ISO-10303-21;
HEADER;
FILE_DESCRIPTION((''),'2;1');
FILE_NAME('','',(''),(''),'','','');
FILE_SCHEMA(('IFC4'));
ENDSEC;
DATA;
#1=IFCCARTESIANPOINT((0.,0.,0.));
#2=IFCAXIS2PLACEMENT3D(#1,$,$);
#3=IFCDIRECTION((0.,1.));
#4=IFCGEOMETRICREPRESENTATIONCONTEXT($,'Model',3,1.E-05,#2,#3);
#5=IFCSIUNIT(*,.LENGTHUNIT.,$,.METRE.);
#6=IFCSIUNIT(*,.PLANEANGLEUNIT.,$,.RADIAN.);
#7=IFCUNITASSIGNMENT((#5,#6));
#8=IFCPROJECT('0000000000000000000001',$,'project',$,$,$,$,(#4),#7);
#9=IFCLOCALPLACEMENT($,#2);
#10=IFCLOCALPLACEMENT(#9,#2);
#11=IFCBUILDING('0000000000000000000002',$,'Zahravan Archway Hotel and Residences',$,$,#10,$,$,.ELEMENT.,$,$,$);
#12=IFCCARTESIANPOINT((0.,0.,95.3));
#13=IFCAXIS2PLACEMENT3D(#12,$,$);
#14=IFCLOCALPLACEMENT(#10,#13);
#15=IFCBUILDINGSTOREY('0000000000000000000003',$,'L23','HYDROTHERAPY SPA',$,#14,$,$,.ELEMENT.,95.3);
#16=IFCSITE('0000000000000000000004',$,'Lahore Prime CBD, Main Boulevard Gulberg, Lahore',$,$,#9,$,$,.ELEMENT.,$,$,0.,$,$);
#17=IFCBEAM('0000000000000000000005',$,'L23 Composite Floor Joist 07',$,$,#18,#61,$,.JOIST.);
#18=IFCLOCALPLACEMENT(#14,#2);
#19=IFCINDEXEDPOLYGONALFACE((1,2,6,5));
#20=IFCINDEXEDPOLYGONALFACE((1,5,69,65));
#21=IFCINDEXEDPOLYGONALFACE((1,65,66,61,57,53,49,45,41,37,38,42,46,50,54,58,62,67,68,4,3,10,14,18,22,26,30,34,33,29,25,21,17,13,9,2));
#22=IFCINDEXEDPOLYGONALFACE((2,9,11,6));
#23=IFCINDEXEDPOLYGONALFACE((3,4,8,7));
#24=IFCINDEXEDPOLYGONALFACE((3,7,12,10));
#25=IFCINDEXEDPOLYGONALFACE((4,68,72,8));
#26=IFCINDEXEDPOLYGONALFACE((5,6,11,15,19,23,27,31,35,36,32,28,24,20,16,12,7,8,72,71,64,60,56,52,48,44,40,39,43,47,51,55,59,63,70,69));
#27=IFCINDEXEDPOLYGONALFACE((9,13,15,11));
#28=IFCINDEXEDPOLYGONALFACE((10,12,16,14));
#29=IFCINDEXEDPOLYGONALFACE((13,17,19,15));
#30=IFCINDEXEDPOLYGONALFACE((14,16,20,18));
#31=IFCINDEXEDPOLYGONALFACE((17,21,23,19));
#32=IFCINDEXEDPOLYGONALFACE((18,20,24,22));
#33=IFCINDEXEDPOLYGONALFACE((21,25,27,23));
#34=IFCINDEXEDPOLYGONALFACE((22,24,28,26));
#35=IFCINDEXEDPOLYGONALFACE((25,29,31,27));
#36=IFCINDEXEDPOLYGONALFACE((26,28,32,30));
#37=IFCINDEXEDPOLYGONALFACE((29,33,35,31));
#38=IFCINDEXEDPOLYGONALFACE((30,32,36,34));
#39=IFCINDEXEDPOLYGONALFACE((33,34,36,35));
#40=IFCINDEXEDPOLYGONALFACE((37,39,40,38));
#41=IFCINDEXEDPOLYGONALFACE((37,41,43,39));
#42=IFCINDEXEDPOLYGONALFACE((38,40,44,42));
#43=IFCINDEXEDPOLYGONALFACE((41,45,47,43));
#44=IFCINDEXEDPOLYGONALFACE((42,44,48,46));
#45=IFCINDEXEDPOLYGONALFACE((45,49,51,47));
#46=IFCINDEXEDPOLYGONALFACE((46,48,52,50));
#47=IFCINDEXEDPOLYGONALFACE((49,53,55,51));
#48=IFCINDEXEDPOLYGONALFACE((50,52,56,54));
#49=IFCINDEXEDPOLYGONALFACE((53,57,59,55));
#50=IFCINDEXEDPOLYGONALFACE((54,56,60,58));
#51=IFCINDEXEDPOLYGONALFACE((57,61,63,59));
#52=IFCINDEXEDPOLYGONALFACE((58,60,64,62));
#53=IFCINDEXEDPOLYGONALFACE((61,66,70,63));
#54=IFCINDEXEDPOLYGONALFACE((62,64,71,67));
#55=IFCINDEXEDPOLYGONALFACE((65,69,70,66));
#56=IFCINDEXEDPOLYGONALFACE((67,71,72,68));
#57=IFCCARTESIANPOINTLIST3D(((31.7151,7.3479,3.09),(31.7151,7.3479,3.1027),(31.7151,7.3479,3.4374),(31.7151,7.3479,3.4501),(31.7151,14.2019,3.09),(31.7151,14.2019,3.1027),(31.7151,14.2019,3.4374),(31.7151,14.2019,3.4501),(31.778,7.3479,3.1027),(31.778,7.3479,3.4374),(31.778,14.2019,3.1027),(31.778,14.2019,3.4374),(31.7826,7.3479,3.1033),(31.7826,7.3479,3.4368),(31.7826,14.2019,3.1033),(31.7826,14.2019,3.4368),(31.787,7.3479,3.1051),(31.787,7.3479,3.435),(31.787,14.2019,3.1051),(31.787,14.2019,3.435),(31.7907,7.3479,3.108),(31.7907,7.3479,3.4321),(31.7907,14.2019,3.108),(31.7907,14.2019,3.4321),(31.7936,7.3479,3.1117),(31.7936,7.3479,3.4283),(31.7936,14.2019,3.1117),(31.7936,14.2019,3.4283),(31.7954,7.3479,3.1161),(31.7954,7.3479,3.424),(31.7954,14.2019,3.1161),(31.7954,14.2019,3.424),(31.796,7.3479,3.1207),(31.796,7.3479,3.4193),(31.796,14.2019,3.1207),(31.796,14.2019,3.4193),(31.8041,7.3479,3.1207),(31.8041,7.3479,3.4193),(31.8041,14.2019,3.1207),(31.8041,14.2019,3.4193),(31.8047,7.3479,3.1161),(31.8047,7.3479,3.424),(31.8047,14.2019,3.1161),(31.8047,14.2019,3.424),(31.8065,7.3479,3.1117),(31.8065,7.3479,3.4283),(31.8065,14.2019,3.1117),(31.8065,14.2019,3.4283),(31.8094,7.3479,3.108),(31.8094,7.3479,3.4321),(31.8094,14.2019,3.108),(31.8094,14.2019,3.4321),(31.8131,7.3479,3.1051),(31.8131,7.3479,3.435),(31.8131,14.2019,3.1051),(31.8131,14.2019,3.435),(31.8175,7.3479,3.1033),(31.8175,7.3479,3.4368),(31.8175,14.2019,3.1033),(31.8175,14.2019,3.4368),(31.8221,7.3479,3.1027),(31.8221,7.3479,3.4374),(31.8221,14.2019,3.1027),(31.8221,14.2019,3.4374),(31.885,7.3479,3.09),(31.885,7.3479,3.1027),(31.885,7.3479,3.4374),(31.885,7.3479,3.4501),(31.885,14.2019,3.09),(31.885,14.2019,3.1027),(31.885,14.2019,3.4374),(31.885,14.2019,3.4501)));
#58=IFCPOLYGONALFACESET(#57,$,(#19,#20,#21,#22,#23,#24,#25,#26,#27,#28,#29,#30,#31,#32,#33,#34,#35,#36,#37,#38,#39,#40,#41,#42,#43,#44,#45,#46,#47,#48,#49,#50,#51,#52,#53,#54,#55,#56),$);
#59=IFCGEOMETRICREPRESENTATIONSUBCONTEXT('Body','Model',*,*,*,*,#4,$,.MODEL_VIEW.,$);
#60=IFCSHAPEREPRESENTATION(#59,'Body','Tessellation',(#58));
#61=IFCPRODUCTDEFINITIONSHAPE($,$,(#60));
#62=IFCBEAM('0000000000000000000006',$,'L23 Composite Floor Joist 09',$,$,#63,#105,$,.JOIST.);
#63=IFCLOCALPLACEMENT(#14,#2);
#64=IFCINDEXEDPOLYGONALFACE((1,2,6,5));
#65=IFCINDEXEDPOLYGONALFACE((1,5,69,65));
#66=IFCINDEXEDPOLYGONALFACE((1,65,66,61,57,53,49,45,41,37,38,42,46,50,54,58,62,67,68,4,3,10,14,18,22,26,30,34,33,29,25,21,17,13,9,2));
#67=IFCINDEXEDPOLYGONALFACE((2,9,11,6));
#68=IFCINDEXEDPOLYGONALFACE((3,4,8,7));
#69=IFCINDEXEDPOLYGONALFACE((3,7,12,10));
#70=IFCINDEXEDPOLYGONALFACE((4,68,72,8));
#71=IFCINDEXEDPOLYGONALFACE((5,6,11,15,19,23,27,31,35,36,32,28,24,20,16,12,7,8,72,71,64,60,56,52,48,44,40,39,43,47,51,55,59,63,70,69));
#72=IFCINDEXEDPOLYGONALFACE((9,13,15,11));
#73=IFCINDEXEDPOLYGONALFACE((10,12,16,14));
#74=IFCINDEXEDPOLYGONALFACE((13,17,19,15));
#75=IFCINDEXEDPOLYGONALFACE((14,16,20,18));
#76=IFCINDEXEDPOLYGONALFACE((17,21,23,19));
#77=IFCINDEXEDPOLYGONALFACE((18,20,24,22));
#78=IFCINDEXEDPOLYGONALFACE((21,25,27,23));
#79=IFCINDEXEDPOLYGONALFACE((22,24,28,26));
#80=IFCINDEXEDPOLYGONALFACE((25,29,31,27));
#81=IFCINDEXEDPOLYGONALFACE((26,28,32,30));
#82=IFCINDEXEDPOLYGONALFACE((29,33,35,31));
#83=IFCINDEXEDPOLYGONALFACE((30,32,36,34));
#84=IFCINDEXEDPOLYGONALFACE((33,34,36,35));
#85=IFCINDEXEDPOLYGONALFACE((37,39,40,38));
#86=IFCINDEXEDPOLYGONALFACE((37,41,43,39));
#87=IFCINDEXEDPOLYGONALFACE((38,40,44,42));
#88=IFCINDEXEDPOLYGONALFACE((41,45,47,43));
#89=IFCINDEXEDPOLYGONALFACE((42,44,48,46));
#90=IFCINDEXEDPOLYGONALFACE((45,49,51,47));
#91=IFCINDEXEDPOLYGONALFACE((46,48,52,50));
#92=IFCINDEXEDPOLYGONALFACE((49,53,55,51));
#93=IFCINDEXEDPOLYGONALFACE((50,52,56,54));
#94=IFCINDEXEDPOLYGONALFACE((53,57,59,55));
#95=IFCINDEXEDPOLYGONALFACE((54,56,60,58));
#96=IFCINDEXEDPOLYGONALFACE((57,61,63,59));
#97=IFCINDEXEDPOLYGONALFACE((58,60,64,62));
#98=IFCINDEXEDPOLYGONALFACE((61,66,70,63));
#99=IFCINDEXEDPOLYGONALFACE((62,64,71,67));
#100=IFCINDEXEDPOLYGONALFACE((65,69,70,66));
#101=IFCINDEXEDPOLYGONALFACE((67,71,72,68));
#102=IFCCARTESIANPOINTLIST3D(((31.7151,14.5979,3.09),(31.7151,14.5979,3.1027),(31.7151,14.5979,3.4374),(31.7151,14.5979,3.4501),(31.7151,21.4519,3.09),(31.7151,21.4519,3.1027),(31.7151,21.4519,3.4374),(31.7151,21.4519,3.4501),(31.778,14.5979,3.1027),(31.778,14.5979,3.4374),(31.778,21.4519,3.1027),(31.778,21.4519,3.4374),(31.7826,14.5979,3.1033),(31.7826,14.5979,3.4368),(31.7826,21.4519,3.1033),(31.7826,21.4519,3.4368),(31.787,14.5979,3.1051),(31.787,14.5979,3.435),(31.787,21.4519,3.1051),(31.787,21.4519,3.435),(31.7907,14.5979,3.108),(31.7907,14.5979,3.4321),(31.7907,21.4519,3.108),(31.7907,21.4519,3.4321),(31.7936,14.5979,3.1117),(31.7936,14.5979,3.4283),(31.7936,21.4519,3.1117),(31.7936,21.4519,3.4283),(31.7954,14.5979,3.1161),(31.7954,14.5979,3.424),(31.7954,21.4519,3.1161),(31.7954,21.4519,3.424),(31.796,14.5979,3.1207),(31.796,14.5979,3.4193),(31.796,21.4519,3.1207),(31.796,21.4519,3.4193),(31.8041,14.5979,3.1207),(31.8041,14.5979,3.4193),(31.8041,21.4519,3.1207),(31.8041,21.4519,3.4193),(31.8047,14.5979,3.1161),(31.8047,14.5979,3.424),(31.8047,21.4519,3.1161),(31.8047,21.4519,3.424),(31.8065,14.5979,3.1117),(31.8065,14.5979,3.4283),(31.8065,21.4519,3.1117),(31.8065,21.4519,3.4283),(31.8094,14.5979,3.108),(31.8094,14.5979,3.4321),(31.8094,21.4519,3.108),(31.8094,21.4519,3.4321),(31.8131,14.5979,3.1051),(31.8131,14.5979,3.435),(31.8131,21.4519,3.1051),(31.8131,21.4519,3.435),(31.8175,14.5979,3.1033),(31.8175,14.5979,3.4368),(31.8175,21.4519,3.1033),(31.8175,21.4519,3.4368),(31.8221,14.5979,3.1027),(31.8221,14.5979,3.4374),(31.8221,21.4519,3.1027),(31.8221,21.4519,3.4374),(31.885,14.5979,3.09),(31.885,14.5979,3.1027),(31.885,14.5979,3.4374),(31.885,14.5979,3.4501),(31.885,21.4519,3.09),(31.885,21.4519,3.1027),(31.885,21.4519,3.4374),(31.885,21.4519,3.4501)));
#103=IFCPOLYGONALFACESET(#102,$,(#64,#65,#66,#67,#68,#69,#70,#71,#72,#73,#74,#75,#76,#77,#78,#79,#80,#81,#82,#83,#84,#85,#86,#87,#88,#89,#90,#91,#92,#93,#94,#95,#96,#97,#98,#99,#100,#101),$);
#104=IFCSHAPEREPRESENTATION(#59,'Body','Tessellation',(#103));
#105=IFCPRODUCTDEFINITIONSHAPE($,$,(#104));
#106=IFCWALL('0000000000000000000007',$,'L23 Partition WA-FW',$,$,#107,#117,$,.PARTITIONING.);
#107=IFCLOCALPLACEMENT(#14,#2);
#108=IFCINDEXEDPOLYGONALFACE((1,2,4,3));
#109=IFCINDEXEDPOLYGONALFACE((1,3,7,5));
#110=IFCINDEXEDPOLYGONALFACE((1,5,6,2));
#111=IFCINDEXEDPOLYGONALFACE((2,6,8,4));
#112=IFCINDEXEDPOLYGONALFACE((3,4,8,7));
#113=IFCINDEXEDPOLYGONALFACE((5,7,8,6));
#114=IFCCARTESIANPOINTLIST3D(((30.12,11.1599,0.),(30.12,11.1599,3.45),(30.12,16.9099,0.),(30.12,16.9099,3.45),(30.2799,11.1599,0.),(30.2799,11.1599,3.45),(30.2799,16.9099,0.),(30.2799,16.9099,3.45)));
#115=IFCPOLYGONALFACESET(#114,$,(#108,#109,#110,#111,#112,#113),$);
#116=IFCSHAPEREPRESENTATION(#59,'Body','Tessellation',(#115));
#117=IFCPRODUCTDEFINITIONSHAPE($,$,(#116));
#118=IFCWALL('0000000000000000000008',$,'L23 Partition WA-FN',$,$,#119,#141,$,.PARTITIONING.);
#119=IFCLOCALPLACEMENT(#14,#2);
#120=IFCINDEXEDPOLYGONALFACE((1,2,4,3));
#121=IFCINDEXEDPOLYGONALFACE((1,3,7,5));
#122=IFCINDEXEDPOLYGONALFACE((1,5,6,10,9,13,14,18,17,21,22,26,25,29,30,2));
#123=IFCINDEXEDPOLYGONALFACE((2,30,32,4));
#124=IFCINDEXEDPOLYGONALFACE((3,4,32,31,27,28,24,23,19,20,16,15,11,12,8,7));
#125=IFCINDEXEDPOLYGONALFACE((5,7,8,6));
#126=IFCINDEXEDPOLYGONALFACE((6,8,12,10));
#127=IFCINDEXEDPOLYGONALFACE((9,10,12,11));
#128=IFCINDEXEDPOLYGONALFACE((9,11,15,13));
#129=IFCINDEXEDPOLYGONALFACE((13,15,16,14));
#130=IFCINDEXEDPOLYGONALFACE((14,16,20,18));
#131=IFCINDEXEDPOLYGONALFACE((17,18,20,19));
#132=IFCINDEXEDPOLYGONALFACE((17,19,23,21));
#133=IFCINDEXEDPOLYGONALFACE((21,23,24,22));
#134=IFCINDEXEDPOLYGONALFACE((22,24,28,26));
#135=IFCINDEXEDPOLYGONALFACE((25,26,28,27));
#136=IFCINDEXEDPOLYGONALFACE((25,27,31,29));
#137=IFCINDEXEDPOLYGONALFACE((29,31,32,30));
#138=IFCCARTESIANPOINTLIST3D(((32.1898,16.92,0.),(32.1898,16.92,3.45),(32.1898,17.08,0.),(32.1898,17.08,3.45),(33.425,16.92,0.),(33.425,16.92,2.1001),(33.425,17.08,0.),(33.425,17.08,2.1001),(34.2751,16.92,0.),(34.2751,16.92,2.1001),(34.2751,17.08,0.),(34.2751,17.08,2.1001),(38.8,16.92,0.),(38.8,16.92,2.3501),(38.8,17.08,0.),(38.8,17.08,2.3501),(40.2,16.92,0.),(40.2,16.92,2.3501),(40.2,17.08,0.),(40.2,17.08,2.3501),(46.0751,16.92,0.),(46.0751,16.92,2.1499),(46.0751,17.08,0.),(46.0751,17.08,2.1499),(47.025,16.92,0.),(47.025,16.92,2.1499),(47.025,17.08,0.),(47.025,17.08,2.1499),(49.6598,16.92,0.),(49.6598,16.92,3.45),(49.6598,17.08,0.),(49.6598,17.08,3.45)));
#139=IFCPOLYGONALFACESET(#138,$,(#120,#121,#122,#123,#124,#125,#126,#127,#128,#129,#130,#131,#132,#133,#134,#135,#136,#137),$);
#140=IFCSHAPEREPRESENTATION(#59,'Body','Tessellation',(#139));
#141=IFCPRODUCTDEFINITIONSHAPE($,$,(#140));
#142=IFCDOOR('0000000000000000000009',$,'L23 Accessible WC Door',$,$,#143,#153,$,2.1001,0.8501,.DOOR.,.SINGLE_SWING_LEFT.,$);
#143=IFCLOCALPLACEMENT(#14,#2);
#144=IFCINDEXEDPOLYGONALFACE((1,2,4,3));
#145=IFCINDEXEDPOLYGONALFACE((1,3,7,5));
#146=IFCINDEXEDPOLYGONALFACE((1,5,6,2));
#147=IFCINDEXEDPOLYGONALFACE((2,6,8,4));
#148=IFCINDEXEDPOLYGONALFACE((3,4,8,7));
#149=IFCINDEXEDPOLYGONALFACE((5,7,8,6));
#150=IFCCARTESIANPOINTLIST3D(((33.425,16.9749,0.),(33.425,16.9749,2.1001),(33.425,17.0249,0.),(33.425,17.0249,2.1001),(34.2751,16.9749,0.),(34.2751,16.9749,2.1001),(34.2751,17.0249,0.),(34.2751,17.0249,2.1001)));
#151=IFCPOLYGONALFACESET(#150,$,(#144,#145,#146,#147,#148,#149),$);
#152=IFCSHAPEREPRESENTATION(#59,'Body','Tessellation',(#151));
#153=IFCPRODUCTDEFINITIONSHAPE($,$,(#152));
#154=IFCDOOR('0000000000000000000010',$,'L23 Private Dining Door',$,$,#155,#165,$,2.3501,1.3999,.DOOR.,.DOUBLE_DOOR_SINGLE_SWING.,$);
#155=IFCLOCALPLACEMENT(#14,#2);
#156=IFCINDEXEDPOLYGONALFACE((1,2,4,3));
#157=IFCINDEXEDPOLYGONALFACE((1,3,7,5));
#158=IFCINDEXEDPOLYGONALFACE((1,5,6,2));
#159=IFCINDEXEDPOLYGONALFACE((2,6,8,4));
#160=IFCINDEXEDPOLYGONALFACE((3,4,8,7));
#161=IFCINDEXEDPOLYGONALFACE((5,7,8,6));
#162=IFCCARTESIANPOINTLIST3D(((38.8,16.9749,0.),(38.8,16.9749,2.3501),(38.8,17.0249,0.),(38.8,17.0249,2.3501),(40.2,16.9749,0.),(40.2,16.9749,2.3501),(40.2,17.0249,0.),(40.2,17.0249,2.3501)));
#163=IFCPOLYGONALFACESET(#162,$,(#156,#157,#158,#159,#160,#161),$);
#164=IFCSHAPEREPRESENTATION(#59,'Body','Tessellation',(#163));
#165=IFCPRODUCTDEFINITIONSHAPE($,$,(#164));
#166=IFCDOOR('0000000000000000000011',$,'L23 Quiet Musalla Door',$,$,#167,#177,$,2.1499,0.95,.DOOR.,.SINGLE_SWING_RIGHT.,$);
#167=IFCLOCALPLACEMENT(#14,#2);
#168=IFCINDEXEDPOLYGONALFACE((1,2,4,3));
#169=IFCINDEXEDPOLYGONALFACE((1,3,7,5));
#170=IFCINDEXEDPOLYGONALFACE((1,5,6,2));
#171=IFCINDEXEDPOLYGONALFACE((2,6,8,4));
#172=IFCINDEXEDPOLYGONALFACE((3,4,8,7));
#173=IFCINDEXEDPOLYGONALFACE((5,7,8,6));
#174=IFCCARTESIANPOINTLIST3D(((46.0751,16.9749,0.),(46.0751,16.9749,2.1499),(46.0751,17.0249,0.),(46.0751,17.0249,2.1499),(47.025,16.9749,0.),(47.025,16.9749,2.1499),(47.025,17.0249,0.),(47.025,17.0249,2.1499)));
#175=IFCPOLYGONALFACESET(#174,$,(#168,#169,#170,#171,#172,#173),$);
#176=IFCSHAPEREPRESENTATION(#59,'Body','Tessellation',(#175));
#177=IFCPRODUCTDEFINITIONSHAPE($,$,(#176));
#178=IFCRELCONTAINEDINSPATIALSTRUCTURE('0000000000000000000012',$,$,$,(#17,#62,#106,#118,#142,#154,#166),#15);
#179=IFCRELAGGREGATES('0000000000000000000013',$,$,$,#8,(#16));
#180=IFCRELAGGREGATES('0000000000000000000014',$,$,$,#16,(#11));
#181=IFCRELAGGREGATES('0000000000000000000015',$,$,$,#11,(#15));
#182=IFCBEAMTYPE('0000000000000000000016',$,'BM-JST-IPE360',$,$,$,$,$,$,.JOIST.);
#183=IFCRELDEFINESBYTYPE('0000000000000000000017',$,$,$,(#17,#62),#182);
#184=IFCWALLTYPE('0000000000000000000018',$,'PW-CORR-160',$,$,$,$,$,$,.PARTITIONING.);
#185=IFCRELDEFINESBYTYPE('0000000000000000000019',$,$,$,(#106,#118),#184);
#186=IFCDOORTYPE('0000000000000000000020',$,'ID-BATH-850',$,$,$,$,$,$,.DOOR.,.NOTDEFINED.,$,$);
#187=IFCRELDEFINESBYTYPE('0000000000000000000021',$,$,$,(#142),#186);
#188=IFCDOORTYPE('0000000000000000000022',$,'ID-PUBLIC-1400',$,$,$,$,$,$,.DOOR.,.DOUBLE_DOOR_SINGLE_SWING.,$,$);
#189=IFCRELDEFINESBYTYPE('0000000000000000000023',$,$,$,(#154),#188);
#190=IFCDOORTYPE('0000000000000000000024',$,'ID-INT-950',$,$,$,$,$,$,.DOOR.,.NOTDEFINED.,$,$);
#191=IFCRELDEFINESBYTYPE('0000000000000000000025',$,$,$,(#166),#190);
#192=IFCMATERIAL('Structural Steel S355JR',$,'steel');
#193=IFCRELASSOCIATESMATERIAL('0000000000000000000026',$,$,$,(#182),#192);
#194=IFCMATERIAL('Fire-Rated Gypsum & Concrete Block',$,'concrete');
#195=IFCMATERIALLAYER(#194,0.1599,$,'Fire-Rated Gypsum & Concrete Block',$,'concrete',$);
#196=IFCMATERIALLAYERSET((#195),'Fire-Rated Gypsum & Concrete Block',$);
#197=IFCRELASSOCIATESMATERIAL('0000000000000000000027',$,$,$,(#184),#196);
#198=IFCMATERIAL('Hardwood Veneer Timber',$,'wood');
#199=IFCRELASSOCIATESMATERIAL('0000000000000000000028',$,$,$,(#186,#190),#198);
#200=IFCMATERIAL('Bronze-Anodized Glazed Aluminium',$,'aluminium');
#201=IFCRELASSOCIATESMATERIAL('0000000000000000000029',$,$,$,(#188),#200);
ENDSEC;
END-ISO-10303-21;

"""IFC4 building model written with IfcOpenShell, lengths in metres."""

from ifc_helpers import new_model, si_unit, direction, frame, frame_2d, origin, origin_2d, place, context, subcontext, project, spatial, rectangle, i_section, extrude, source, transform, mapped, material, layer, layer_set, material_profile, profile_set, type_object, type_shapes, element, fill, save


model = new_model("IFC4")

# Units and contexts
model_context = context("Model", 3, precision=1e-05, world=origin(), true_north=direction((0.0, 1.0)))
body_context = subcontext(model_context, "Body", "Model", "MODEL_VIEW")
ifc_project = project(units=[si_unit("LENGTHUNIT", "METRE"), si_unit("PLANEANGLEUNIT", "RADIAN")], contexts=[model_context])

# Site, building, storey
site_placement = place(None, origin())
site = spatial("IfcSite", under=ifc_project, at=site_placement, Name="Lahore Prime CBD, Main Boulevard Gulberg, Lahore", CompositionType="ELEMENT", RefElevation=0.0)
building_placement = place(site_placement, origin())
building = spatial("IfcBuilding", under=site, at=building_placement, Name="Zahravan Archway Hotel and Residences", CompositionType="ELEMENT")
storey_placement = place(building_placement, frame((0.0, 0.0, 95.3)))
storey = spatial("IfcBuildingStorey", under=building, at=storey_placement, Name="L23", Description="HYDROTHERAPY SPA", CompositionType="ELEMENT", Elevation=95.3)

# Beams
ifc_material_1 = material(Name="Structural Steel S355JR", Category="steel")
ifc_material_profile_1 = material_profile(ifc_material_1, i_section(OverallWidth=0.1699, OverallDepth=0.3601, WebThickness=0.0081, FlangeThickness=0.0127, FilletRadius=0.0181, at=origin_2d()), Name="IPE 360", Category="steel")
ifc_profile_set_1 = profile_set([ifc_material_profile_1], Name="Structural Steel S355JR")
beam_type_1 = type_object("IfcBeamType", Name="BM-JST-IPE360", PredefinedType="JOIST", material=ifc_profile_set_1)
shared_shape_1 = source(origin(), body_context, "Body", "SweptSolid", [
    extrude(i_section(OverallWidth=0.1699, OverallDepth=0.3601, WebThickness=0.0081, FlangeThickness=0.0127, FilletRadius=0.0181, at=origin_2d()), origin(), (0.0, 0.0, 1.0), 6.854),
])
for number, where, z_axis, x_axis, name in (
    (1, (31.8, 7.3479, 3.27), (0.0, 1.0, 0.0), (-1.0, 0.0, 0.0), "L23 Composite Floor Joist 07"),
    (2, (31.8, 14.5979, 3.27), (0.0, 1.0, 0.0), (-1.0, 0.0, 0.0), "L23 Composite Floor Joist 09"),
):
    element("IfcBeam", number, at=place(storey_placement, frame(where, z_axis=z_axis, x_axis=x_axis)), inside=storey, type_object=beam_type_1, Name=name, PredefinedType="JOIST", context=body_context, shape_type="MappedRepresentation", body=[
        mapped(shared_shape_1, transform((0.0, 0.0, 0.0), scale=1.0)),
    ])

# Wall
ifc_material_2 = material(Name="Fire-Rated Gypsum & Concrete Block", Category="concrete")
ifc_layer_1 = layer(ifc_material_2, 0.1599, Name="Fire-Rated Gypsum & Concrete Block", Category="concrete")
ifc_layer_set_1 = layer_set([ifc_layer_1], Name="Fire-Rated Gypsum & Concrete Block")
wall_type_1 = type_object("IfcWallType", Name="PW-CORR-160", PredefinedType="PARTITIONING", material=ifc_layer_set_1)
wall_1_placement = place(storey_placement, frame((30.2, 11.1599, 0.0), z_axis=(0.0, 0.0, 1.0), x_axis=(0.0, 1.0, 0.0)))
element("IfcWall", 3, at=wall_1_placement, inside=storey, type_object=wall_type_1, Name="L23 Partition WA-FW", PredefinedType="PARTITIONING", context=body_context, shape_type="SweptSolid", body=[
    extrude(rectangle(XDim=5.75, YDim=0.1599, at=frame_2d((2.875, 0.0))), origin(), (0.0, 0.0, 1.0), 3.45),
])

# Wall, openings, doors
wall_2_placement = place(storey_placement, frame((32.1899, 17.0, 0.0), z_axis=(0.0, 0.0, 1.0), x_axis=(1.0, 0.0, 0.0)))
wall_2 = element("IfcWall", 4, at=wall_2_placement, inside=storey, type_object=wall_type_1, Name="L23 Partition WA-FN", PredefinedType="PARTITIONING", context=body_context, shape_type="SweptSolid", body=[
    extrude(rectangle(XDim=17.47, YDim=0.1599, at=frame_2d((8.7349, 0.0))), origin(), (0.0, 0.0, 1.0), 3.45),
])
opening_1_placement = place(wall_2_placement, frame((1.2351, 0.0, 0.0)))
opening_1 = element("IfcOpeningElement", 5, at=opening_1_placement, cuts=wall_2, PredefinedType="OPENING", context=body_context, shape_type="SweptSolid", body=[
    extrude(rectangle(XDim=0.8501, YDim=2.1001, at=frame_2d((0.425, 1.05))), frame((0.0, 0.0898, 0.0), z_axis=(0.0, -1.0, 0.0), x_axis=(1.0, 0.0, 0.0)), (0.0, 0.0, 1.0), 0.1799),
])
opening_2_placement = place(wall_2_placement, frame((6.6101, 0.0, 0.0)))
opening_2 = element("IfcOpeningElement", 6, at=opening_2_placement, cuts=wall_2, PredefinedType="OPENING", context=body_context, shape_type="SweptSolid", body=[
    extrude(rectangle(XDim=1.3999, YDim=2.3501, at=frame_2d((0.7, 1.175))), frame((0.0, 0.0898, 0.0), z_axis=(0.0, -1.0, 0.0), x_axis=(1.0, 0.0, 0.0)), (0.0, 0.0, 1.0), 0.1799),
])
opening_3_placement = place(wall_2_placement, frame((13.885, 0.0, 0.0)))
opening_3 = element("IfcOpeningElement", 7, at=opening_3_placement, cuts=wall_2, PredefinedType="OPENING", context=body_context, shape_type="SweptSolid", body=[
    extrude(rectangle(XDim=0.95, YDim=2.1499, at=frame_2d((0.4751, 1.075))), frame((0.0, 0.0898, 0.0), z_axis=(0.0, -1.0, 0.0), x_axis=(1.0, 0.0, 0.0)), (0.0, 0.0, 1.0), 0.1799),
])
ifc_material_3 = material(Name="Hardwood Veneer Timber", Category="wood")
door_type_1 = type_object("IfcDoorType", Name="ID-BATH-850", OperationType="NOTDEFINED", PredefinedType="DOOR", material=ifc_material_3)
shared_shape_2 = source(origin(), body_context, "Body", "SweptSolid", [
    extrude(rectangle(XDim=0.8501, YDim=2.1001, at=frame_2d((0.425, 1.05))), frame((0.0, 0.0249, 0.0), z_axis=(0.0, -1.0, 0.0), x_axis=(1.0, 0.0, 0.0)), (0.0, 0.0, 1.0), 0.05),
])
type_shapes(door_type_1, [shared_shape_2])
door_1_placement = place(opening_1_placement, origin())
door_1 = element("IfcDoor", 8, at=door_1_placement, inside=storey, type_object=door_type_1, Name="L23 Accessible WC Door", OperationType="SINGLE_SWING_LEFT", OverallHeight=2.1001, OverallWidth=0.8501, PredefinedType="DOOR", context=body_context, shape_type="MappedRepresentation", body=[
    mapped(shared_shape_2, transform((0.0, 0.0, 0.0), scale=1.0)),
])
fill(opening_1, door_1)
ifc_material_4 = material(Name="Bronze-Anodized Glazed Aluminium", Category="aluminium")
door_type_2 = type_object("IfcDoorType", Name="ID-PUBLIC-1400", OperationType="DOUBLE_DOOR_SINGLE_SWING", PredefinedType="DOOR", material=ifc_material_4)
shared_shape_3 = source(origin(), body_context, "Body", "SweptSolid", [
    extrude(rectangle(XDim=1.3999, YDim=2.3501, at=frame_2d((0.7, 1.175))), frame((0.0, 0.0249, 0.0), z_axis=(0.0, -1.0, 0.0), x_axis=(1.0, 0.0, 0.0)), (0.0, 0.0, 1.0), 0.05),
])
type_shapes(door_type_2, [shared_shape_3])
door_2_placement = place(opening_2_placement, origin())
door_2 = element("IfcDoor", 9, at=door_2_placement, inside=storey, type_object=door_type_2, Name="L23 Private Dining Door", OperationType="DOUBLE_DOOR_SINGLE_SWING", OverallHeight=2.3501, OverallWidth=1.3999, PredefinedType="DOOR", context=body_context, shape_type="MappedRepresentation", body=[
    mapped(shared_shape_3, transform((0.0, 0.0, 0.0), scale=1.0)),
])
fill(opening_2, door_2)
door_type_3 = type_object("IfcDoorType", Name="ID-INT-950", OperationType="NOTDEFINED", PredefinedType="DOOR", material=ifc_material_3)
shared_shape_4 = source(origin(), body_context, "Body", "SweptSolid", [
    extrude(rectangle(XDim=0.95, YDim=2.1499, at=frame_2d((0.4751, 1.075))), frame((0.0, 0.0249, 0.0), z_axis=(0.0, -1.0, 0.0), x_axis=(1.0, 0.0, 0.0)), (0.0, 0.0, 1.0), 0.05),
])
type_shapes(door_type_3, [shared_shape_4])
door_3_placement = place(opening_3_placement, origin())
door_3 = element("IfcDoor", 10, at=door_3_placement, inside=storey, type_object=door_type_3, Name="L23 Quiet Musalla Door", OperationType="SINGLE_SWING_RIGHT", OverallHeight=2.1499, OverallWidth=0.95, PredefinedType="DOOR", context=body_context, shape_type="MappedRepresentation", body=[
    mapped(shared_shape_4, transform((0.0, 0.0, 0.0), scale=1.0)),
])
fill(opening_3, door_3)

save(model, "model.ifc")
